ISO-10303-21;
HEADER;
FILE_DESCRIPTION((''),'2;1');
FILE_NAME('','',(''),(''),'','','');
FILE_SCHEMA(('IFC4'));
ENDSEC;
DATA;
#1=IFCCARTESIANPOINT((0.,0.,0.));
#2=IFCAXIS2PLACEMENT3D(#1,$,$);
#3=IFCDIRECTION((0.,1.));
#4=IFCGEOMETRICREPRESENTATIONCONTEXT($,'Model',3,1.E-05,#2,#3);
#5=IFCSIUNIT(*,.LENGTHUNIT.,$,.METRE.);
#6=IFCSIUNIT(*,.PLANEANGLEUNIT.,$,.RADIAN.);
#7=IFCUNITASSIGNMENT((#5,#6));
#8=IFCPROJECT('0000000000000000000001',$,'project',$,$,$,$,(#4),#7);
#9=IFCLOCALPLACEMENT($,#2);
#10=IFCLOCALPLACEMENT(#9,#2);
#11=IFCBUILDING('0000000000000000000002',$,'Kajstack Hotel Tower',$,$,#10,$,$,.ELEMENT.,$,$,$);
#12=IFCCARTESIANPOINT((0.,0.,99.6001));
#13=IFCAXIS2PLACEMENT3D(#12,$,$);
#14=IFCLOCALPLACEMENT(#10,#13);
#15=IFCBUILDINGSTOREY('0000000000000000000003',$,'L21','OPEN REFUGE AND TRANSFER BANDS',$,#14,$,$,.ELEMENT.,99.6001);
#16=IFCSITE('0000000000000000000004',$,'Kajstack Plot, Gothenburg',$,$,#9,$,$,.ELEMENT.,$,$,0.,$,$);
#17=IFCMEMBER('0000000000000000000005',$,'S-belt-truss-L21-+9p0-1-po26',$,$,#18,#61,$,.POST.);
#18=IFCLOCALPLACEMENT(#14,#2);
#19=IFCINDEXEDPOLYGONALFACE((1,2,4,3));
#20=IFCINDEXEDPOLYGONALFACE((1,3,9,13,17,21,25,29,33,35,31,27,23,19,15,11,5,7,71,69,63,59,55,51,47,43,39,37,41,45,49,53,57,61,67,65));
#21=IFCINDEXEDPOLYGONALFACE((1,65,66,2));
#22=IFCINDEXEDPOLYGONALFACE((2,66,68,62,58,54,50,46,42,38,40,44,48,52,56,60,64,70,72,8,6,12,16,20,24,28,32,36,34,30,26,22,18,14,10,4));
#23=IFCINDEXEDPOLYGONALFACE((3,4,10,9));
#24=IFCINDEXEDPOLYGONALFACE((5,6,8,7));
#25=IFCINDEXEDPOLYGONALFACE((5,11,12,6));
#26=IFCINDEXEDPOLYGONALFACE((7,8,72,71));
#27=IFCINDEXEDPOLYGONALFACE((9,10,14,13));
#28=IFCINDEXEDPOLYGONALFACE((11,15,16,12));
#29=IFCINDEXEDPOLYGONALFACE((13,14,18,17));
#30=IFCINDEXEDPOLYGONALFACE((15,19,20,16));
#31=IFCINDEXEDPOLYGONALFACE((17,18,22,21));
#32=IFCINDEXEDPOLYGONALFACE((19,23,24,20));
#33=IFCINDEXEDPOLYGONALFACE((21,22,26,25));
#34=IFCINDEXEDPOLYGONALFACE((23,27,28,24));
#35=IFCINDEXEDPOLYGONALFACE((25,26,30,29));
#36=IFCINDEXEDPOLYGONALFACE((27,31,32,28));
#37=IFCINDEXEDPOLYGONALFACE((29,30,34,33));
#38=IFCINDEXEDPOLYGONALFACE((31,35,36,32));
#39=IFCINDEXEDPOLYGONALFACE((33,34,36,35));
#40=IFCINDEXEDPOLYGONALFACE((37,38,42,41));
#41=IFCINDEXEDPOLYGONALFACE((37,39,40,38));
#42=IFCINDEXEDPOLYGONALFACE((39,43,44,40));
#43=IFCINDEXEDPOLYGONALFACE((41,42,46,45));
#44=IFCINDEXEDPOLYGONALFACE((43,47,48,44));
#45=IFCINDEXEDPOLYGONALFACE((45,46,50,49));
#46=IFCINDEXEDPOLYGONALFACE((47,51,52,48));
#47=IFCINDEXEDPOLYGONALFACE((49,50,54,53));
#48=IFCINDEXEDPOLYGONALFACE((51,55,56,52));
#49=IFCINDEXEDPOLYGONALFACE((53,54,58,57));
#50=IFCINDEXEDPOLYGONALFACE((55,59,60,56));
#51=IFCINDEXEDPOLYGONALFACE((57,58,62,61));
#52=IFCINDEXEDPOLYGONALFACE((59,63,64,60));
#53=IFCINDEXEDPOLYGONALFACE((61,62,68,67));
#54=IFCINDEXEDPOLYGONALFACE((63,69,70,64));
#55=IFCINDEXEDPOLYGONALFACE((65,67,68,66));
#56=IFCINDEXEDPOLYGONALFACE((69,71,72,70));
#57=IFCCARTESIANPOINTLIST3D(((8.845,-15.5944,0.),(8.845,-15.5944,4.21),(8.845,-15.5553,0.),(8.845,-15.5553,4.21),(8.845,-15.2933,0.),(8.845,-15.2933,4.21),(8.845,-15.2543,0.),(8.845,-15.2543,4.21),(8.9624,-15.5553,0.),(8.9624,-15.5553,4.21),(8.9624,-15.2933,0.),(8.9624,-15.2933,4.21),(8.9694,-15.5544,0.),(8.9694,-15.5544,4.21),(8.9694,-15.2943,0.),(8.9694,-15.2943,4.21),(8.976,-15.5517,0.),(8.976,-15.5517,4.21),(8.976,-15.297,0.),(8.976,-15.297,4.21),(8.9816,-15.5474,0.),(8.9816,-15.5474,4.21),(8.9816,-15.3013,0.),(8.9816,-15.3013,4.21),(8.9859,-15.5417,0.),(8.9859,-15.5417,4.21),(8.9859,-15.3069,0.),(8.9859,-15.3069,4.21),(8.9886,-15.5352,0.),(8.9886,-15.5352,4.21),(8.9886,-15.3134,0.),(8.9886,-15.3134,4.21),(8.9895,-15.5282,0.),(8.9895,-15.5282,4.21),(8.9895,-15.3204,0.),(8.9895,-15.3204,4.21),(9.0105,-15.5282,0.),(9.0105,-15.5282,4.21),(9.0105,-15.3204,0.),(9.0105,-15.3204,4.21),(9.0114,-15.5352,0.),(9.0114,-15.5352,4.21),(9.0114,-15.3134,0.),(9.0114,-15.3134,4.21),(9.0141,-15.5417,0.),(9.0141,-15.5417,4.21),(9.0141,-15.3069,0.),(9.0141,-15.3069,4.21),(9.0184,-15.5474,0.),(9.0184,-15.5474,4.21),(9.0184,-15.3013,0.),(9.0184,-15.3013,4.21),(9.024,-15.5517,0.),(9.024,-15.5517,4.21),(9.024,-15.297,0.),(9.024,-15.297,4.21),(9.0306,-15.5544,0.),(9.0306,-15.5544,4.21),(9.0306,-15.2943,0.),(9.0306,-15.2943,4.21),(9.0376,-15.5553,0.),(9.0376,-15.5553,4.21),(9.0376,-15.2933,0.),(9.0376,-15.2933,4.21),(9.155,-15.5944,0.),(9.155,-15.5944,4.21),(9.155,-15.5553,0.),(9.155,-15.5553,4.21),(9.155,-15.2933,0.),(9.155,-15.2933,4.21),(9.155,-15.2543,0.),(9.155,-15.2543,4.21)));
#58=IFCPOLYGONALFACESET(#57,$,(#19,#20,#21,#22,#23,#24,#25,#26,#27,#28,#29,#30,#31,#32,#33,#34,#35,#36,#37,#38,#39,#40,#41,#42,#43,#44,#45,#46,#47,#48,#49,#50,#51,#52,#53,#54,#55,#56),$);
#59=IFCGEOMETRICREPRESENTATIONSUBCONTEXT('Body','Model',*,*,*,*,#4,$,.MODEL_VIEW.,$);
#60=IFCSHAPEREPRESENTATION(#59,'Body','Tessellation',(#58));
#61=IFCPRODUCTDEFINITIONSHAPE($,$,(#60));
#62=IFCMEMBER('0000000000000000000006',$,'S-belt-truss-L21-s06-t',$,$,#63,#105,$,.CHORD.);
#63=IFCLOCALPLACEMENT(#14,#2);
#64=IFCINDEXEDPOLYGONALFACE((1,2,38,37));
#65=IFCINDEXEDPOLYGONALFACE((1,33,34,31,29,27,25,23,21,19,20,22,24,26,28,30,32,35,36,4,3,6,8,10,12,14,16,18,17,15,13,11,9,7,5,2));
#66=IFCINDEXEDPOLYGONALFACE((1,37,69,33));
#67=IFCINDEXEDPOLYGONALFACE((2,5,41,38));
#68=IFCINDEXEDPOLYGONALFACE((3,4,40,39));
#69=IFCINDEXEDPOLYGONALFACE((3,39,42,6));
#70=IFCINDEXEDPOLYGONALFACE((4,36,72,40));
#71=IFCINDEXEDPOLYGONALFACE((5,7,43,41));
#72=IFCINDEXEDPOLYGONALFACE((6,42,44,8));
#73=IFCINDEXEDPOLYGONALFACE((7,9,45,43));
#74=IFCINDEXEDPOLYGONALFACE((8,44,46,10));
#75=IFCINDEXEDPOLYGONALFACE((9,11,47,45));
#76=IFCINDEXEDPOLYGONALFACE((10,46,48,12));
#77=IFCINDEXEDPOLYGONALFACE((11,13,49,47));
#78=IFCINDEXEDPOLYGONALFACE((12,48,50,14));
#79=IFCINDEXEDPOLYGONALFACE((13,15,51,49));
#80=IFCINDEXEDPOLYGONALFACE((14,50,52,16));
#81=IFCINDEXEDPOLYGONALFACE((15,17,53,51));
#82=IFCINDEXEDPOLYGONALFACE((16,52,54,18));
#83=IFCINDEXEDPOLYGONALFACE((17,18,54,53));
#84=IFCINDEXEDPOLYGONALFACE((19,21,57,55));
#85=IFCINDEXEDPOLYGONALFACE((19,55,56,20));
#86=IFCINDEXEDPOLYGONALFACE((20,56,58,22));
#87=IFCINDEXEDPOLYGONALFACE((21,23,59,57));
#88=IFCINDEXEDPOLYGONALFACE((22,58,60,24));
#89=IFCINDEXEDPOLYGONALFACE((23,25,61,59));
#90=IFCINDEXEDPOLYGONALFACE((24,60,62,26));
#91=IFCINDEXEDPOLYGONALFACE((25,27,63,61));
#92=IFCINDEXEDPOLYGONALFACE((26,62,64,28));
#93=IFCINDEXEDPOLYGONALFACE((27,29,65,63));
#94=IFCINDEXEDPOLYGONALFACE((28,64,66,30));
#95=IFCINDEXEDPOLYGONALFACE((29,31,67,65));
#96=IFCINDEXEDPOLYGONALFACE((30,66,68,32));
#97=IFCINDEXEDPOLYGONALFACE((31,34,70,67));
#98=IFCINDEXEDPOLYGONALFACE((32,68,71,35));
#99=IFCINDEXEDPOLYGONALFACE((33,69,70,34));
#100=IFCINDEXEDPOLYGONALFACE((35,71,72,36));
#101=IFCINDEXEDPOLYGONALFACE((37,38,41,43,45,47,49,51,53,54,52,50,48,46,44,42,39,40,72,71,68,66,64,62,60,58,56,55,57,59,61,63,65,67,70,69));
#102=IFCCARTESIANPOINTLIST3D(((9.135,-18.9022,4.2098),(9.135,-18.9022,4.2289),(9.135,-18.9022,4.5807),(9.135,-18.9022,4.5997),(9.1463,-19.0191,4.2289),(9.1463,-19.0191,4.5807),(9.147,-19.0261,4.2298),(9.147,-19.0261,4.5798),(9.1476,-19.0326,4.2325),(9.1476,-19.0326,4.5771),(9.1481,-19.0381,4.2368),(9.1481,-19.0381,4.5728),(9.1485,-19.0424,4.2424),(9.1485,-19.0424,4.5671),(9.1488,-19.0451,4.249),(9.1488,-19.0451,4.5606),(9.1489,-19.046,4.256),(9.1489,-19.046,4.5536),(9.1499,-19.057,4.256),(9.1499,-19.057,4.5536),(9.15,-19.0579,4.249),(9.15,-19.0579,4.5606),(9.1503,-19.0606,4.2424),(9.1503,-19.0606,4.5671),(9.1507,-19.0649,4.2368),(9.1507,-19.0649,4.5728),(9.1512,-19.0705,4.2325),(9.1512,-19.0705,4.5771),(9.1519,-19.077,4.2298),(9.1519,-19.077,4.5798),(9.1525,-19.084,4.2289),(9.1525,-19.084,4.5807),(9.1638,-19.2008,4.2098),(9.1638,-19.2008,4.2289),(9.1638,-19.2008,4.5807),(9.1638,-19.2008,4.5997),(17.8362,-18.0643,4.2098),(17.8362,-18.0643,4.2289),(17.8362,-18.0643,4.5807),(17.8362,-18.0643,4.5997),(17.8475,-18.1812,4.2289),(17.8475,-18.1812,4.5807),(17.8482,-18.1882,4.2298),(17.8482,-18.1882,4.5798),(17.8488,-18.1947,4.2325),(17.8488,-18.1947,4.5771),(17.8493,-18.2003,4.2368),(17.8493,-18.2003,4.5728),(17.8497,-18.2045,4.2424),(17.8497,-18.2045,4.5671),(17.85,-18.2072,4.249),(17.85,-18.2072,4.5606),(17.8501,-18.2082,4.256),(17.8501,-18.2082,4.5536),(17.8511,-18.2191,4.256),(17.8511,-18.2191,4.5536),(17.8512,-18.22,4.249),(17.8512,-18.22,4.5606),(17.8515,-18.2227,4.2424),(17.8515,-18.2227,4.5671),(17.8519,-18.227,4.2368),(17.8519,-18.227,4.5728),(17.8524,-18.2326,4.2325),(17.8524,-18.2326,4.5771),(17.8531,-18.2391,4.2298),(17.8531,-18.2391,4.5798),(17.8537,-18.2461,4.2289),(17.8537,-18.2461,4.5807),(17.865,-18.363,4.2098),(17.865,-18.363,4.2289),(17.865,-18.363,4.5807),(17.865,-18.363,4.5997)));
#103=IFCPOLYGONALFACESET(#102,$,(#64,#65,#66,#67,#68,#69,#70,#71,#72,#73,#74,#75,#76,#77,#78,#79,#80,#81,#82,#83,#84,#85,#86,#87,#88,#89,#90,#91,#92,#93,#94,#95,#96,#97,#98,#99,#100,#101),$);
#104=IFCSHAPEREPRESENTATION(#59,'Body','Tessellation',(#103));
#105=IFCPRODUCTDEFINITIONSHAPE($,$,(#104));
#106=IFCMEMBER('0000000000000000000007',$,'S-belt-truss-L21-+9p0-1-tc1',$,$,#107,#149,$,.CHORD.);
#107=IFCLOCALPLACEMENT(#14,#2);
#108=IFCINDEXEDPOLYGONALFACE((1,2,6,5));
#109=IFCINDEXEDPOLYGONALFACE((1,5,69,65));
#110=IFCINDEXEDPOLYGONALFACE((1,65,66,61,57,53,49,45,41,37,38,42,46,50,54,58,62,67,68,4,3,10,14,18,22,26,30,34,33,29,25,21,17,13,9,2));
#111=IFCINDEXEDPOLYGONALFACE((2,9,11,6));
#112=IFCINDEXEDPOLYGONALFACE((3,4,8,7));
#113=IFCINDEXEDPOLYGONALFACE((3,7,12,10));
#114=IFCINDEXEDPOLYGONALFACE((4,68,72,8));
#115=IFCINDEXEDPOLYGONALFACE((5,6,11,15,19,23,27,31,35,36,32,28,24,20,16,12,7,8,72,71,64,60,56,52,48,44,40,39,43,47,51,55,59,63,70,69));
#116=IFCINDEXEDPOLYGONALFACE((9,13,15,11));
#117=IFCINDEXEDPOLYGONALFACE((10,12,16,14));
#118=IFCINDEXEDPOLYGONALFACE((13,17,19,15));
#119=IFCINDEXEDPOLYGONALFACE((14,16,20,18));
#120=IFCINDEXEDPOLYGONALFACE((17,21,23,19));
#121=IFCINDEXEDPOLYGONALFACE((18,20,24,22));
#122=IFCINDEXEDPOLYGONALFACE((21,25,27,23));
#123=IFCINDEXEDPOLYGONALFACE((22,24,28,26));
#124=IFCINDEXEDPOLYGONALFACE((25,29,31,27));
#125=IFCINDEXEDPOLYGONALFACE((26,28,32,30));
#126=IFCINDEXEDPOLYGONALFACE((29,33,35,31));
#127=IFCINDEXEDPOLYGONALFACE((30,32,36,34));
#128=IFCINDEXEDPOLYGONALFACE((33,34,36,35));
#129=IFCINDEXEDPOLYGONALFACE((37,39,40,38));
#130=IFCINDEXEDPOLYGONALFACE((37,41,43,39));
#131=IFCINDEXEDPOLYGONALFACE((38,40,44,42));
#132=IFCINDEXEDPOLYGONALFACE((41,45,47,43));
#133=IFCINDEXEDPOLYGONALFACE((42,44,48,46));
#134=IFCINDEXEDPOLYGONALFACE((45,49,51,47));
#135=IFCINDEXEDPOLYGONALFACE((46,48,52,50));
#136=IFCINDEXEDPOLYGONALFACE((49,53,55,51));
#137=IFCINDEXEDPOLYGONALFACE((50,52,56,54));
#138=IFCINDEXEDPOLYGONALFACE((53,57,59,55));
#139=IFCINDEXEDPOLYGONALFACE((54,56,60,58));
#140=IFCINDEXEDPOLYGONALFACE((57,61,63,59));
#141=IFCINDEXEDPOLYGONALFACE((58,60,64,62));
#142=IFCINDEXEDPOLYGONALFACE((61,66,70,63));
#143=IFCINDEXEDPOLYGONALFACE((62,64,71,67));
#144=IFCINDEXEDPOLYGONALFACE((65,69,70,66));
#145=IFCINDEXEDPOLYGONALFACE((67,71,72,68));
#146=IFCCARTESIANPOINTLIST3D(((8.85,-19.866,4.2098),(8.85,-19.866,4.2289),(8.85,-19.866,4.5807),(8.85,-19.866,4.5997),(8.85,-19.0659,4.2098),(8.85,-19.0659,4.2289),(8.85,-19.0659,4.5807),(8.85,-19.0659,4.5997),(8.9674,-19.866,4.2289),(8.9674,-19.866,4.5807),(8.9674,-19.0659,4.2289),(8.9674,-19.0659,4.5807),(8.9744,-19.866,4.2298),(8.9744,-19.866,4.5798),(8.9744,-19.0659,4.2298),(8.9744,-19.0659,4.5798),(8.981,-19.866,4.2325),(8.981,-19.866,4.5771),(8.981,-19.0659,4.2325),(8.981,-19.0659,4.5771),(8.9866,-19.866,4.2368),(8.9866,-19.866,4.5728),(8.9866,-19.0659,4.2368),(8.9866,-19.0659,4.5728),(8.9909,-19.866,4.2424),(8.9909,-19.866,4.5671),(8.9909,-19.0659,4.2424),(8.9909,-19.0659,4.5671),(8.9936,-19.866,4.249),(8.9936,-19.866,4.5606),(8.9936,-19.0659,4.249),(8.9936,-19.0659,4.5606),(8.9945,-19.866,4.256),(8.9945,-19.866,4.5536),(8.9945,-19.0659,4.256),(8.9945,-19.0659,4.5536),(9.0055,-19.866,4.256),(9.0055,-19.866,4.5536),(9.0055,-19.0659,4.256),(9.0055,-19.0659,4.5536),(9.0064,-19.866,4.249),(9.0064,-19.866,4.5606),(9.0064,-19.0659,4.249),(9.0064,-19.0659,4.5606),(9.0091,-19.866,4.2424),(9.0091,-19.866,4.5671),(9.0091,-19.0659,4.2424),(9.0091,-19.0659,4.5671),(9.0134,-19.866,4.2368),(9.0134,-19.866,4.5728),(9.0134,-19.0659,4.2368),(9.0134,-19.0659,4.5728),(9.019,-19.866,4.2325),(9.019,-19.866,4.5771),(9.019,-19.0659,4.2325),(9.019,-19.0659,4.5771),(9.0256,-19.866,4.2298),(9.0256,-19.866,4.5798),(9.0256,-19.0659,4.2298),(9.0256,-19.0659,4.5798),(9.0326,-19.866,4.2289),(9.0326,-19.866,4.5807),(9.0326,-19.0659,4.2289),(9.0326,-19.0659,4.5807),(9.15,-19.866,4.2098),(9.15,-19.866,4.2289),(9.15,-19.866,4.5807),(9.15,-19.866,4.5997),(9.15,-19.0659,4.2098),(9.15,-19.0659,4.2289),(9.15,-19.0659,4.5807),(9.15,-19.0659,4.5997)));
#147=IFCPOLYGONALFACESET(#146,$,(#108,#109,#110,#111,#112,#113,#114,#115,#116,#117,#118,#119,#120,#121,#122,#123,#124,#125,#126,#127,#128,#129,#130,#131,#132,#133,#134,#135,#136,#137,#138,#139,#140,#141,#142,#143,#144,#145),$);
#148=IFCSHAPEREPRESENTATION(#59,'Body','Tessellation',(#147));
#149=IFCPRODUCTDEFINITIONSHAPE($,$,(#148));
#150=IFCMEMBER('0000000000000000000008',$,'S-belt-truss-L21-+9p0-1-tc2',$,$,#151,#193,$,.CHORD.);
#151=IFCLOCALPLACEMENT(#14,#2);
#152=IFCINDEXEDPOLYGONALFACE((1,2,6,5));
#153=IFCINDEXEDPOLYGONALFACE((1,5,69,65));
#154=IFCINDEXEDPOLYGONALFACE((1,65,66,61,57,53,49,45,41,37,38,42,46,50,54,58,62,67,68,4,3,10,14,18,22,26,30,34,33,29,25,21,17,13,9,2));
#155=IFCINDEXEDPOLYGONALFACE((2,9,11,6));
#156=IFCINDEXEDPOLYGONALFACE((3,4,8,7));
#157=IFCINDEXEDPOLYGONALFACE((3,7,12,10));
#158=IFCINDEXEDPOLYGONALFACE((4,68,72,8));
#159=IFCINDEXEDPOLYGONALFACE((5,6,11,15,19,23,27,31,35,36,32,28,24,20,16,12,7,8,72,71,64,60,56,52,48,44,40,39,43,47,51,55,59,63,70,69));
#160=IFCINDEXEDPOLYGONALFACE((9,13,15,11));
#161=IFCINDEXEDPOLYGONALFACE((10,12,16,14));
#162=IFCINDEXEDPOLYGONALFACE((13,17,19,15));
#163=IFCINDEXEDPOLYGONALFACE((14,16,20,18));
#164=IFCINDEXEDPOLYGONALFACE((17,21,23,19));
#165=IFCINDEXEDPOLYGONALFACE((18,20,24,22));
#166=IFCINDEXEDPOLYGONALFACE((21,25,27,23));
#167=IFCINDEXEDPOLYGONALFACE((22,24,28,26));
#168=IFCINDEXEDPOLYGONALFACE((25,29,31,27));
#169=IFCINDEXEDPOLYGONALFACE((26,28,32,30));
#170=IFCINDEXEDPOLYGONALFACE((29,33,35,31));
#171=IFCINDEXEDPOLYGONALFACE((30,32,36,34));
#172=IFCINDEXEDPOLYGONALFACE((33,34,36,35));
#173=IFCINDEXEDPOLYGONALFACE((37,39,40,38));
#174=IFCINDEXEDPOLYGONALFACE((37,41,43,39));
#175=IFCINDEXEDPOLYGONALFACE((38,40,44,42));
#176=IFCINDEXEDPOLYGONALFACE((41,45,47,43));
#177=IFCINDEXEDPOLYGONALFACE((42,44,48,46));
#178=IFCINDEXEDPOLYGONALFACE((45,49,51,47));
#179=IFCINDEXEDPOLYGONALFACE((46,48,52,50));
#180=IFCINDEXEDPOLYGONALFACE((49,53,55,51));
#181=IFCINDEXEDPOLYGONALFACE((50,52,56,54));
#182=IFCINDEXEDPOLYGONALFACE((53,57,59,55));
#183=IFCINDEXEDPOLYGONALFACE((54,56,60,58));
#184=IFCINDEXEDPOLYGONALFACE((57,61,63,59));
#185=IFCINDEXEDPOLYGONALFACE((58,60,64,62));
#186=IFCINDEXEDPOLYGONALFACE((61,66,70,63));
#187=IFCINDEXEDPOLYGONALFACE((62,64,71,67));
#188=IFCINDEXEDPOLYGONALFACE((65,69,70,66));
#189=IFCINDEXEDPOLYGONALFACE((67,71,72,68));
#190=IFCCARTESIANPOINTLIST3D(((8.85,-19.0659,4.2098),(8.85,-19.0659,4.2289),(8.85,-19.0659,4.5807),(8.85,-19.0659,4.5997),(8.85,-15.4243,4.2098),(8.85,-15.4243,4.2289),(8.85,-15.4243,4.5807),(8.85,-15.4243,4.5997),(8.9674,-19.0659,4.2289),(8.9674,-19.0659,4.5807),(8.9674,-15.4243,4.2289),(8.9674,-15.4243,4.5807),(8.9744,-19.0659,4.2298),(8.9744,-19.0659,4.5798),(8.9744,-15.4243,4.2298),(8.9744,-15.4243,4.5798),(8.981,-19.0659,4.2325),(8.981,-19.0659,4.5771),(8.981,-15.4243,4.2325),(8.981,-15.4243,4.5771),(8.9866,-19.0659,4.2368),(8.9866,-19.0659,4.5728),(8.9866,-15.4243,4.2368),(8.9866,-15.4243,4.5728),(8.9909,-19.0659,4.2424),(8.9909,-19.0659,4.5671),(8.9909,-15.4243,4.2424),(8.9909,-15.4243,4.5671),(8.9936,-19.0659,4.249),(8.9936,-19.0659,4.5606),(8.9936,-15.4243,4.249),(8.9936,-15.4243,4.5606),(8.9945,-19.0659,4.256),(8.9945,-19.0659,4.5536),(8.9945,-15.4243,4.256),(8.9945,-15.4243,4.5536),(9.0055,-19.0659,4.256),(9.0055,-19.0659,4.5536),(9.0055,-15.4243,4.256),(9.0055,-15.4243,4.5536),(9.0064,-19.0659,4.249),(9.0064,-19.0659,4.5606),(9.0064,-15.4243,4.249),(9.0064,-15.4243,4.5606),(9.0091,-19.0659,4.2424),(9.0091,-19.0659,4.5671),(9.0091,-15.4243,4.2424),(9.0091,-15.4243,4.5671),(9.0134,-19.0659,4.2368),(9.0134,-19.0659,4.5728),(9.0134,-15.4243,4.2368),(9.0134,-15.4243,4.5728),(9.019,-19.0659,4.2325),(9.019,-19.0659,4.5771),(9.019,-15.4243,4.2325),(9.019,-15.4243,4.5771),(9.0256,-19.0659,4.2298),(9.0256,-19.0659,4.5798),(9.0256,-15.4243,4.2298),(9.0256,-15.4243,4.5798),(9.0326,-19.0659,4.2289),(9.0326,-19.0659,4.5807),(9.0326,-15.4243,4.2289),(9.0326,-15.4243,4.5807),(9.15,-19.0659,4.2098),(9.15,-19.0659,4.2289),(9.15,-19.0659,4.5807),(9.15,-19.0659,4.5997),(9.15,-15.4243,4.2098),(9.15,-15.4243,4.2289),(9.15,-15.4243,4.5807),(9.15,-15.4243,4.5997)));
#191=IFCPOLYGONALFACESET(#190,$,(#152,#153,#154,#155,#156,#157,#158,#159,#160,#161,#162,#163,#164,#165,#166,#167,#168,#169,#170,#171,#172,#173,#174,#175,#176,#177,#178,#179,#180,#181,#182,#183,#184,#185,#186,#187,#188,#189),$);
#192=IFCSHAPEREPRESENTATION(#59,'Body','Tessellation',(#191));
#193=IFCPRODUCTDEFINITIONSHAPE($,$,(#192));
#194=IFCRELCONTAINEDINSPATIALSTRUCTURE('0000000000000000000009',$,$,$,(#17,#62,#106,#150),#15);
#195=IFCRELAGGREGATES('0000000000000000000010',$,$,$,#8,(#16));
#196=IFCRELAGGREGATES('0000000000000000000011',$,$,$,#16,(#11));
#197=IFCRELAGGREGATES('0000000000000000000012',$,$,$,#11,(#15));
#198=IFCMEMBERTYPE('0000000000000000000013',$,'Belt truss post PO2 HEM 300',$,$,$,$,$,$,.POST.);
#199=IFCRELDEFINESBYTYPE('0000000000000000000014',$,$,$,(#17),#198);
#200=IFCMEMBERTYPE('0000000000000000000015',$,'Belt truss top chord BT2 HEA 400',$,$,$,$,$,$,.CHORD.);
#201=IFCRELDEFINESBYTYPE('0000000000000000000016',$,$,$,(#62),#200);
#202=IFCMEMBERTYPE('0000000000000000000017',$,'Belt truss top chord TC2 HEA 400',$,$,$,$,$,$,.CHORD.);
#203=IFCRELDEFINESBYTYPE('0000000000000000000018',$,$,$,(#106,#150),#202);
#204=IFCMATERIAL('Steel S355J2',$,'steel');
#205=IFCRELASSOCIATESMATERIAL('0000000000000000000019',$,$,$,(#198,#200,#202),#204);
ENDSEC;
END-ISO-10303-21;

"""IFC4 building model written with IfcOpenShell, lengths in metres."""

from ifc_helpers import new_model, si_unit, direction, frame, origin, origin_2d, place, context, subcontext, project, spatial, i_section, extrude, material, material_profile, profile_set, type_object, element, save


model = new_model("IFC4")

# Units and contexts
model_context = context("Model", 3, precision=1e-05, world=origin(), true_north=direction((0.0, 1.0)))
body_context = subcontext(model_context, "Body", "Model", "MODEL_VIEW")
ifc_project = project(units=[si_unit("LENGTHUNIT", "METRE"), si_unit("PLANEANGLEUNIT", "RADIAN")], contexts=[model_context])

# Site, building, storey
site_placement = place(None, origin())
site = spatial("IfcSite", under=ifc_project, at=site_placement, Name="Kajstack Plot, Gothenburg", CompositionType="ELEMENT", RefElevation=0.0)
building_placement = place(site_placement, origin())
building = spatial("IfcBuilding", under=site, at=building_placement, Name="Kajstack Hotel Tower", CompositionType="ELEMENT")
storey_placement = place(building_placement, frame((0.0, 0.0, 99.6001)))
storey = spatial("IfcBuildingStorey", under=building, at=storey_placement, Name="L21", Description="OPEN REFUGE AND TRANSFER BANDS", CompositionType="ELEMENT", Elevation=99.6001)

# Members
ifc_material = material(Name="Steel S355J2", Category="steel")
ifc_material_profile_1 = material_profile(ifc_material, i_section(OverallWidth=0.3101, OverallDepth=0.3401, WebThickness=0.021, FlangeThickness=0.0391, FilletRadius=0.0271, at=origin_2d()), Name="HEM 300")
ifc_profile_set_1 = profile_set([ifc_material_profile_1], Name="Steel S355J2")
member_type_1 = type_object("IfcMemberType", Name="Belt truss post PO2 HEM 300", PredefinedType="POST", material=ifc_profile_set_1)
for number, where, z_axis, x_axis, name in (
    (1, (9.0, -15.4243, 0.0), (0.0, 0.0, 1.0), (1.0, 0.0, 0.0), "S-belt-truss-L21-+9p0-1-po26"),
):
    element("IfcMember", number, at=place(storey_placement, frame(where, z_axis=z_axis, x_axis=x_axis)), inside=storey, type_object=member_type_1, Name=name, PredefinedType="POST", context=body_context, shape_type="SweptSolid", body=[
        extrude(i_section(OverallWidth=0.3101, OverallDepth=0.3401, WebThickness=0.021, FlangeThickness=0.0391, FilletRadius=0.0271, at=origin_2d()), origin(), (0.0, 0.0, 1.0), 4.21),
    ])
ifc_material_profile_2 = material_profile(ifc_material, i_section(OverallWidth=0.3, OverallDepth=0.3899, WebThickness=0.011, FlangeThickness=0.019, FilletRadius=0.0271, at=origin_2d()), Name="HEA 400")
ifc_profile_set_2 = profile_set([ifc_material_profile_2], Name="Steel S355J2")
member_type_2 = type_object("IfcMemberType", Name="Belt truss top chord BT2 HEA 400", PredefinedType="CHORD", material=ifc_profile_set_2)
member_1_placement = place(storey_placement, frame((9.1494, -19.0515, 4.4048), z_axis=(0.995396, 0.095853, 0.0), x_axis=(-0.095853, 0.995396, 0.0)))
element("IfcMember", 2, at=member_1_placement, inside=storey, type_object=member_type_2, Name="S-belt-truss-L21-s06-t", PredefinedType="CHORD", context=body_context, shape_type="SweptSolid", body=[
    extrude(i_section(OverallWidth=0.3, OverallDepth=0.3899, WebThickness=0.011, FlangeThickness=0.019, FilletRadius=0.0271, at=origin_2d()), origin(), (0.0, 0.0, 1.0), 8.7415),
])
ifc_material_profile_3 = material_profile(ifc_material, i_section(OverallWidth=0.3, OverallDepth=0.3899, WebThickness=0.011, FlangeThickness=0.019, FilletRadius=0.0271, at=origin_2d()), Name="HEA 400")
ifc_profile_set_3 = profile_set([ifc_material_profile_3], Name="Steel S355J2")
member_type_3 = type_object("IfcMemberType", Name="Belt truss top chord TC2 HEA 400", PredefinedType="CHORD", material=ifc_profile_set_3)
member_2_placement = place(storey_placement, frame((9.0, -19.866, 4.4048), z_axis=(0.0, 1.0, 0.0), x_axis=(-1.0, 0.0, 0.0)))
element("IfcMember", 3, at=member_2_placement, inside=storey, type_object=member_type_3, Name="S-belt-truss-L21-+9p0-1-tc1", PredefinedType="CHORD", context=body_context, shape_type="SweptSolid", body=[
    extrude(i_section(OverallWidth=0.3, OverallDepth=0.3899, WebThickness=0.011, FlangeThickness=0.019, FilletRadius=0.0271, at=origin_2d()), origin(), (0.0, 0.0, 1.0), 0.8),
])
member_3_placement = place(storey_placement, frame((9.0, -19.0659, 4.4048), z_axis=(0.0, 1.0, 0.0), x_axis=(-1.0, 0.0, 0.0)))
element("IfcMember", 4, at=member_3_placement, inside=storey, type_object=member_type_3, Name="S-belt-truss-L21-+9p0-1-tc2", PredefinedType="CHORD", context=body_context, shape_type="SweptSolid", body=[
    extrude(i_section(OverallWidth=0.3, OverallDepth=0.3899, WebThickness=0.011, FlangeThickness=0.019, FilletRadius=0.0271, at=origin_2d()), origin(), (0.0, 0.0, 1.0), 3.6416),
])

save(model, "model.ifc")
